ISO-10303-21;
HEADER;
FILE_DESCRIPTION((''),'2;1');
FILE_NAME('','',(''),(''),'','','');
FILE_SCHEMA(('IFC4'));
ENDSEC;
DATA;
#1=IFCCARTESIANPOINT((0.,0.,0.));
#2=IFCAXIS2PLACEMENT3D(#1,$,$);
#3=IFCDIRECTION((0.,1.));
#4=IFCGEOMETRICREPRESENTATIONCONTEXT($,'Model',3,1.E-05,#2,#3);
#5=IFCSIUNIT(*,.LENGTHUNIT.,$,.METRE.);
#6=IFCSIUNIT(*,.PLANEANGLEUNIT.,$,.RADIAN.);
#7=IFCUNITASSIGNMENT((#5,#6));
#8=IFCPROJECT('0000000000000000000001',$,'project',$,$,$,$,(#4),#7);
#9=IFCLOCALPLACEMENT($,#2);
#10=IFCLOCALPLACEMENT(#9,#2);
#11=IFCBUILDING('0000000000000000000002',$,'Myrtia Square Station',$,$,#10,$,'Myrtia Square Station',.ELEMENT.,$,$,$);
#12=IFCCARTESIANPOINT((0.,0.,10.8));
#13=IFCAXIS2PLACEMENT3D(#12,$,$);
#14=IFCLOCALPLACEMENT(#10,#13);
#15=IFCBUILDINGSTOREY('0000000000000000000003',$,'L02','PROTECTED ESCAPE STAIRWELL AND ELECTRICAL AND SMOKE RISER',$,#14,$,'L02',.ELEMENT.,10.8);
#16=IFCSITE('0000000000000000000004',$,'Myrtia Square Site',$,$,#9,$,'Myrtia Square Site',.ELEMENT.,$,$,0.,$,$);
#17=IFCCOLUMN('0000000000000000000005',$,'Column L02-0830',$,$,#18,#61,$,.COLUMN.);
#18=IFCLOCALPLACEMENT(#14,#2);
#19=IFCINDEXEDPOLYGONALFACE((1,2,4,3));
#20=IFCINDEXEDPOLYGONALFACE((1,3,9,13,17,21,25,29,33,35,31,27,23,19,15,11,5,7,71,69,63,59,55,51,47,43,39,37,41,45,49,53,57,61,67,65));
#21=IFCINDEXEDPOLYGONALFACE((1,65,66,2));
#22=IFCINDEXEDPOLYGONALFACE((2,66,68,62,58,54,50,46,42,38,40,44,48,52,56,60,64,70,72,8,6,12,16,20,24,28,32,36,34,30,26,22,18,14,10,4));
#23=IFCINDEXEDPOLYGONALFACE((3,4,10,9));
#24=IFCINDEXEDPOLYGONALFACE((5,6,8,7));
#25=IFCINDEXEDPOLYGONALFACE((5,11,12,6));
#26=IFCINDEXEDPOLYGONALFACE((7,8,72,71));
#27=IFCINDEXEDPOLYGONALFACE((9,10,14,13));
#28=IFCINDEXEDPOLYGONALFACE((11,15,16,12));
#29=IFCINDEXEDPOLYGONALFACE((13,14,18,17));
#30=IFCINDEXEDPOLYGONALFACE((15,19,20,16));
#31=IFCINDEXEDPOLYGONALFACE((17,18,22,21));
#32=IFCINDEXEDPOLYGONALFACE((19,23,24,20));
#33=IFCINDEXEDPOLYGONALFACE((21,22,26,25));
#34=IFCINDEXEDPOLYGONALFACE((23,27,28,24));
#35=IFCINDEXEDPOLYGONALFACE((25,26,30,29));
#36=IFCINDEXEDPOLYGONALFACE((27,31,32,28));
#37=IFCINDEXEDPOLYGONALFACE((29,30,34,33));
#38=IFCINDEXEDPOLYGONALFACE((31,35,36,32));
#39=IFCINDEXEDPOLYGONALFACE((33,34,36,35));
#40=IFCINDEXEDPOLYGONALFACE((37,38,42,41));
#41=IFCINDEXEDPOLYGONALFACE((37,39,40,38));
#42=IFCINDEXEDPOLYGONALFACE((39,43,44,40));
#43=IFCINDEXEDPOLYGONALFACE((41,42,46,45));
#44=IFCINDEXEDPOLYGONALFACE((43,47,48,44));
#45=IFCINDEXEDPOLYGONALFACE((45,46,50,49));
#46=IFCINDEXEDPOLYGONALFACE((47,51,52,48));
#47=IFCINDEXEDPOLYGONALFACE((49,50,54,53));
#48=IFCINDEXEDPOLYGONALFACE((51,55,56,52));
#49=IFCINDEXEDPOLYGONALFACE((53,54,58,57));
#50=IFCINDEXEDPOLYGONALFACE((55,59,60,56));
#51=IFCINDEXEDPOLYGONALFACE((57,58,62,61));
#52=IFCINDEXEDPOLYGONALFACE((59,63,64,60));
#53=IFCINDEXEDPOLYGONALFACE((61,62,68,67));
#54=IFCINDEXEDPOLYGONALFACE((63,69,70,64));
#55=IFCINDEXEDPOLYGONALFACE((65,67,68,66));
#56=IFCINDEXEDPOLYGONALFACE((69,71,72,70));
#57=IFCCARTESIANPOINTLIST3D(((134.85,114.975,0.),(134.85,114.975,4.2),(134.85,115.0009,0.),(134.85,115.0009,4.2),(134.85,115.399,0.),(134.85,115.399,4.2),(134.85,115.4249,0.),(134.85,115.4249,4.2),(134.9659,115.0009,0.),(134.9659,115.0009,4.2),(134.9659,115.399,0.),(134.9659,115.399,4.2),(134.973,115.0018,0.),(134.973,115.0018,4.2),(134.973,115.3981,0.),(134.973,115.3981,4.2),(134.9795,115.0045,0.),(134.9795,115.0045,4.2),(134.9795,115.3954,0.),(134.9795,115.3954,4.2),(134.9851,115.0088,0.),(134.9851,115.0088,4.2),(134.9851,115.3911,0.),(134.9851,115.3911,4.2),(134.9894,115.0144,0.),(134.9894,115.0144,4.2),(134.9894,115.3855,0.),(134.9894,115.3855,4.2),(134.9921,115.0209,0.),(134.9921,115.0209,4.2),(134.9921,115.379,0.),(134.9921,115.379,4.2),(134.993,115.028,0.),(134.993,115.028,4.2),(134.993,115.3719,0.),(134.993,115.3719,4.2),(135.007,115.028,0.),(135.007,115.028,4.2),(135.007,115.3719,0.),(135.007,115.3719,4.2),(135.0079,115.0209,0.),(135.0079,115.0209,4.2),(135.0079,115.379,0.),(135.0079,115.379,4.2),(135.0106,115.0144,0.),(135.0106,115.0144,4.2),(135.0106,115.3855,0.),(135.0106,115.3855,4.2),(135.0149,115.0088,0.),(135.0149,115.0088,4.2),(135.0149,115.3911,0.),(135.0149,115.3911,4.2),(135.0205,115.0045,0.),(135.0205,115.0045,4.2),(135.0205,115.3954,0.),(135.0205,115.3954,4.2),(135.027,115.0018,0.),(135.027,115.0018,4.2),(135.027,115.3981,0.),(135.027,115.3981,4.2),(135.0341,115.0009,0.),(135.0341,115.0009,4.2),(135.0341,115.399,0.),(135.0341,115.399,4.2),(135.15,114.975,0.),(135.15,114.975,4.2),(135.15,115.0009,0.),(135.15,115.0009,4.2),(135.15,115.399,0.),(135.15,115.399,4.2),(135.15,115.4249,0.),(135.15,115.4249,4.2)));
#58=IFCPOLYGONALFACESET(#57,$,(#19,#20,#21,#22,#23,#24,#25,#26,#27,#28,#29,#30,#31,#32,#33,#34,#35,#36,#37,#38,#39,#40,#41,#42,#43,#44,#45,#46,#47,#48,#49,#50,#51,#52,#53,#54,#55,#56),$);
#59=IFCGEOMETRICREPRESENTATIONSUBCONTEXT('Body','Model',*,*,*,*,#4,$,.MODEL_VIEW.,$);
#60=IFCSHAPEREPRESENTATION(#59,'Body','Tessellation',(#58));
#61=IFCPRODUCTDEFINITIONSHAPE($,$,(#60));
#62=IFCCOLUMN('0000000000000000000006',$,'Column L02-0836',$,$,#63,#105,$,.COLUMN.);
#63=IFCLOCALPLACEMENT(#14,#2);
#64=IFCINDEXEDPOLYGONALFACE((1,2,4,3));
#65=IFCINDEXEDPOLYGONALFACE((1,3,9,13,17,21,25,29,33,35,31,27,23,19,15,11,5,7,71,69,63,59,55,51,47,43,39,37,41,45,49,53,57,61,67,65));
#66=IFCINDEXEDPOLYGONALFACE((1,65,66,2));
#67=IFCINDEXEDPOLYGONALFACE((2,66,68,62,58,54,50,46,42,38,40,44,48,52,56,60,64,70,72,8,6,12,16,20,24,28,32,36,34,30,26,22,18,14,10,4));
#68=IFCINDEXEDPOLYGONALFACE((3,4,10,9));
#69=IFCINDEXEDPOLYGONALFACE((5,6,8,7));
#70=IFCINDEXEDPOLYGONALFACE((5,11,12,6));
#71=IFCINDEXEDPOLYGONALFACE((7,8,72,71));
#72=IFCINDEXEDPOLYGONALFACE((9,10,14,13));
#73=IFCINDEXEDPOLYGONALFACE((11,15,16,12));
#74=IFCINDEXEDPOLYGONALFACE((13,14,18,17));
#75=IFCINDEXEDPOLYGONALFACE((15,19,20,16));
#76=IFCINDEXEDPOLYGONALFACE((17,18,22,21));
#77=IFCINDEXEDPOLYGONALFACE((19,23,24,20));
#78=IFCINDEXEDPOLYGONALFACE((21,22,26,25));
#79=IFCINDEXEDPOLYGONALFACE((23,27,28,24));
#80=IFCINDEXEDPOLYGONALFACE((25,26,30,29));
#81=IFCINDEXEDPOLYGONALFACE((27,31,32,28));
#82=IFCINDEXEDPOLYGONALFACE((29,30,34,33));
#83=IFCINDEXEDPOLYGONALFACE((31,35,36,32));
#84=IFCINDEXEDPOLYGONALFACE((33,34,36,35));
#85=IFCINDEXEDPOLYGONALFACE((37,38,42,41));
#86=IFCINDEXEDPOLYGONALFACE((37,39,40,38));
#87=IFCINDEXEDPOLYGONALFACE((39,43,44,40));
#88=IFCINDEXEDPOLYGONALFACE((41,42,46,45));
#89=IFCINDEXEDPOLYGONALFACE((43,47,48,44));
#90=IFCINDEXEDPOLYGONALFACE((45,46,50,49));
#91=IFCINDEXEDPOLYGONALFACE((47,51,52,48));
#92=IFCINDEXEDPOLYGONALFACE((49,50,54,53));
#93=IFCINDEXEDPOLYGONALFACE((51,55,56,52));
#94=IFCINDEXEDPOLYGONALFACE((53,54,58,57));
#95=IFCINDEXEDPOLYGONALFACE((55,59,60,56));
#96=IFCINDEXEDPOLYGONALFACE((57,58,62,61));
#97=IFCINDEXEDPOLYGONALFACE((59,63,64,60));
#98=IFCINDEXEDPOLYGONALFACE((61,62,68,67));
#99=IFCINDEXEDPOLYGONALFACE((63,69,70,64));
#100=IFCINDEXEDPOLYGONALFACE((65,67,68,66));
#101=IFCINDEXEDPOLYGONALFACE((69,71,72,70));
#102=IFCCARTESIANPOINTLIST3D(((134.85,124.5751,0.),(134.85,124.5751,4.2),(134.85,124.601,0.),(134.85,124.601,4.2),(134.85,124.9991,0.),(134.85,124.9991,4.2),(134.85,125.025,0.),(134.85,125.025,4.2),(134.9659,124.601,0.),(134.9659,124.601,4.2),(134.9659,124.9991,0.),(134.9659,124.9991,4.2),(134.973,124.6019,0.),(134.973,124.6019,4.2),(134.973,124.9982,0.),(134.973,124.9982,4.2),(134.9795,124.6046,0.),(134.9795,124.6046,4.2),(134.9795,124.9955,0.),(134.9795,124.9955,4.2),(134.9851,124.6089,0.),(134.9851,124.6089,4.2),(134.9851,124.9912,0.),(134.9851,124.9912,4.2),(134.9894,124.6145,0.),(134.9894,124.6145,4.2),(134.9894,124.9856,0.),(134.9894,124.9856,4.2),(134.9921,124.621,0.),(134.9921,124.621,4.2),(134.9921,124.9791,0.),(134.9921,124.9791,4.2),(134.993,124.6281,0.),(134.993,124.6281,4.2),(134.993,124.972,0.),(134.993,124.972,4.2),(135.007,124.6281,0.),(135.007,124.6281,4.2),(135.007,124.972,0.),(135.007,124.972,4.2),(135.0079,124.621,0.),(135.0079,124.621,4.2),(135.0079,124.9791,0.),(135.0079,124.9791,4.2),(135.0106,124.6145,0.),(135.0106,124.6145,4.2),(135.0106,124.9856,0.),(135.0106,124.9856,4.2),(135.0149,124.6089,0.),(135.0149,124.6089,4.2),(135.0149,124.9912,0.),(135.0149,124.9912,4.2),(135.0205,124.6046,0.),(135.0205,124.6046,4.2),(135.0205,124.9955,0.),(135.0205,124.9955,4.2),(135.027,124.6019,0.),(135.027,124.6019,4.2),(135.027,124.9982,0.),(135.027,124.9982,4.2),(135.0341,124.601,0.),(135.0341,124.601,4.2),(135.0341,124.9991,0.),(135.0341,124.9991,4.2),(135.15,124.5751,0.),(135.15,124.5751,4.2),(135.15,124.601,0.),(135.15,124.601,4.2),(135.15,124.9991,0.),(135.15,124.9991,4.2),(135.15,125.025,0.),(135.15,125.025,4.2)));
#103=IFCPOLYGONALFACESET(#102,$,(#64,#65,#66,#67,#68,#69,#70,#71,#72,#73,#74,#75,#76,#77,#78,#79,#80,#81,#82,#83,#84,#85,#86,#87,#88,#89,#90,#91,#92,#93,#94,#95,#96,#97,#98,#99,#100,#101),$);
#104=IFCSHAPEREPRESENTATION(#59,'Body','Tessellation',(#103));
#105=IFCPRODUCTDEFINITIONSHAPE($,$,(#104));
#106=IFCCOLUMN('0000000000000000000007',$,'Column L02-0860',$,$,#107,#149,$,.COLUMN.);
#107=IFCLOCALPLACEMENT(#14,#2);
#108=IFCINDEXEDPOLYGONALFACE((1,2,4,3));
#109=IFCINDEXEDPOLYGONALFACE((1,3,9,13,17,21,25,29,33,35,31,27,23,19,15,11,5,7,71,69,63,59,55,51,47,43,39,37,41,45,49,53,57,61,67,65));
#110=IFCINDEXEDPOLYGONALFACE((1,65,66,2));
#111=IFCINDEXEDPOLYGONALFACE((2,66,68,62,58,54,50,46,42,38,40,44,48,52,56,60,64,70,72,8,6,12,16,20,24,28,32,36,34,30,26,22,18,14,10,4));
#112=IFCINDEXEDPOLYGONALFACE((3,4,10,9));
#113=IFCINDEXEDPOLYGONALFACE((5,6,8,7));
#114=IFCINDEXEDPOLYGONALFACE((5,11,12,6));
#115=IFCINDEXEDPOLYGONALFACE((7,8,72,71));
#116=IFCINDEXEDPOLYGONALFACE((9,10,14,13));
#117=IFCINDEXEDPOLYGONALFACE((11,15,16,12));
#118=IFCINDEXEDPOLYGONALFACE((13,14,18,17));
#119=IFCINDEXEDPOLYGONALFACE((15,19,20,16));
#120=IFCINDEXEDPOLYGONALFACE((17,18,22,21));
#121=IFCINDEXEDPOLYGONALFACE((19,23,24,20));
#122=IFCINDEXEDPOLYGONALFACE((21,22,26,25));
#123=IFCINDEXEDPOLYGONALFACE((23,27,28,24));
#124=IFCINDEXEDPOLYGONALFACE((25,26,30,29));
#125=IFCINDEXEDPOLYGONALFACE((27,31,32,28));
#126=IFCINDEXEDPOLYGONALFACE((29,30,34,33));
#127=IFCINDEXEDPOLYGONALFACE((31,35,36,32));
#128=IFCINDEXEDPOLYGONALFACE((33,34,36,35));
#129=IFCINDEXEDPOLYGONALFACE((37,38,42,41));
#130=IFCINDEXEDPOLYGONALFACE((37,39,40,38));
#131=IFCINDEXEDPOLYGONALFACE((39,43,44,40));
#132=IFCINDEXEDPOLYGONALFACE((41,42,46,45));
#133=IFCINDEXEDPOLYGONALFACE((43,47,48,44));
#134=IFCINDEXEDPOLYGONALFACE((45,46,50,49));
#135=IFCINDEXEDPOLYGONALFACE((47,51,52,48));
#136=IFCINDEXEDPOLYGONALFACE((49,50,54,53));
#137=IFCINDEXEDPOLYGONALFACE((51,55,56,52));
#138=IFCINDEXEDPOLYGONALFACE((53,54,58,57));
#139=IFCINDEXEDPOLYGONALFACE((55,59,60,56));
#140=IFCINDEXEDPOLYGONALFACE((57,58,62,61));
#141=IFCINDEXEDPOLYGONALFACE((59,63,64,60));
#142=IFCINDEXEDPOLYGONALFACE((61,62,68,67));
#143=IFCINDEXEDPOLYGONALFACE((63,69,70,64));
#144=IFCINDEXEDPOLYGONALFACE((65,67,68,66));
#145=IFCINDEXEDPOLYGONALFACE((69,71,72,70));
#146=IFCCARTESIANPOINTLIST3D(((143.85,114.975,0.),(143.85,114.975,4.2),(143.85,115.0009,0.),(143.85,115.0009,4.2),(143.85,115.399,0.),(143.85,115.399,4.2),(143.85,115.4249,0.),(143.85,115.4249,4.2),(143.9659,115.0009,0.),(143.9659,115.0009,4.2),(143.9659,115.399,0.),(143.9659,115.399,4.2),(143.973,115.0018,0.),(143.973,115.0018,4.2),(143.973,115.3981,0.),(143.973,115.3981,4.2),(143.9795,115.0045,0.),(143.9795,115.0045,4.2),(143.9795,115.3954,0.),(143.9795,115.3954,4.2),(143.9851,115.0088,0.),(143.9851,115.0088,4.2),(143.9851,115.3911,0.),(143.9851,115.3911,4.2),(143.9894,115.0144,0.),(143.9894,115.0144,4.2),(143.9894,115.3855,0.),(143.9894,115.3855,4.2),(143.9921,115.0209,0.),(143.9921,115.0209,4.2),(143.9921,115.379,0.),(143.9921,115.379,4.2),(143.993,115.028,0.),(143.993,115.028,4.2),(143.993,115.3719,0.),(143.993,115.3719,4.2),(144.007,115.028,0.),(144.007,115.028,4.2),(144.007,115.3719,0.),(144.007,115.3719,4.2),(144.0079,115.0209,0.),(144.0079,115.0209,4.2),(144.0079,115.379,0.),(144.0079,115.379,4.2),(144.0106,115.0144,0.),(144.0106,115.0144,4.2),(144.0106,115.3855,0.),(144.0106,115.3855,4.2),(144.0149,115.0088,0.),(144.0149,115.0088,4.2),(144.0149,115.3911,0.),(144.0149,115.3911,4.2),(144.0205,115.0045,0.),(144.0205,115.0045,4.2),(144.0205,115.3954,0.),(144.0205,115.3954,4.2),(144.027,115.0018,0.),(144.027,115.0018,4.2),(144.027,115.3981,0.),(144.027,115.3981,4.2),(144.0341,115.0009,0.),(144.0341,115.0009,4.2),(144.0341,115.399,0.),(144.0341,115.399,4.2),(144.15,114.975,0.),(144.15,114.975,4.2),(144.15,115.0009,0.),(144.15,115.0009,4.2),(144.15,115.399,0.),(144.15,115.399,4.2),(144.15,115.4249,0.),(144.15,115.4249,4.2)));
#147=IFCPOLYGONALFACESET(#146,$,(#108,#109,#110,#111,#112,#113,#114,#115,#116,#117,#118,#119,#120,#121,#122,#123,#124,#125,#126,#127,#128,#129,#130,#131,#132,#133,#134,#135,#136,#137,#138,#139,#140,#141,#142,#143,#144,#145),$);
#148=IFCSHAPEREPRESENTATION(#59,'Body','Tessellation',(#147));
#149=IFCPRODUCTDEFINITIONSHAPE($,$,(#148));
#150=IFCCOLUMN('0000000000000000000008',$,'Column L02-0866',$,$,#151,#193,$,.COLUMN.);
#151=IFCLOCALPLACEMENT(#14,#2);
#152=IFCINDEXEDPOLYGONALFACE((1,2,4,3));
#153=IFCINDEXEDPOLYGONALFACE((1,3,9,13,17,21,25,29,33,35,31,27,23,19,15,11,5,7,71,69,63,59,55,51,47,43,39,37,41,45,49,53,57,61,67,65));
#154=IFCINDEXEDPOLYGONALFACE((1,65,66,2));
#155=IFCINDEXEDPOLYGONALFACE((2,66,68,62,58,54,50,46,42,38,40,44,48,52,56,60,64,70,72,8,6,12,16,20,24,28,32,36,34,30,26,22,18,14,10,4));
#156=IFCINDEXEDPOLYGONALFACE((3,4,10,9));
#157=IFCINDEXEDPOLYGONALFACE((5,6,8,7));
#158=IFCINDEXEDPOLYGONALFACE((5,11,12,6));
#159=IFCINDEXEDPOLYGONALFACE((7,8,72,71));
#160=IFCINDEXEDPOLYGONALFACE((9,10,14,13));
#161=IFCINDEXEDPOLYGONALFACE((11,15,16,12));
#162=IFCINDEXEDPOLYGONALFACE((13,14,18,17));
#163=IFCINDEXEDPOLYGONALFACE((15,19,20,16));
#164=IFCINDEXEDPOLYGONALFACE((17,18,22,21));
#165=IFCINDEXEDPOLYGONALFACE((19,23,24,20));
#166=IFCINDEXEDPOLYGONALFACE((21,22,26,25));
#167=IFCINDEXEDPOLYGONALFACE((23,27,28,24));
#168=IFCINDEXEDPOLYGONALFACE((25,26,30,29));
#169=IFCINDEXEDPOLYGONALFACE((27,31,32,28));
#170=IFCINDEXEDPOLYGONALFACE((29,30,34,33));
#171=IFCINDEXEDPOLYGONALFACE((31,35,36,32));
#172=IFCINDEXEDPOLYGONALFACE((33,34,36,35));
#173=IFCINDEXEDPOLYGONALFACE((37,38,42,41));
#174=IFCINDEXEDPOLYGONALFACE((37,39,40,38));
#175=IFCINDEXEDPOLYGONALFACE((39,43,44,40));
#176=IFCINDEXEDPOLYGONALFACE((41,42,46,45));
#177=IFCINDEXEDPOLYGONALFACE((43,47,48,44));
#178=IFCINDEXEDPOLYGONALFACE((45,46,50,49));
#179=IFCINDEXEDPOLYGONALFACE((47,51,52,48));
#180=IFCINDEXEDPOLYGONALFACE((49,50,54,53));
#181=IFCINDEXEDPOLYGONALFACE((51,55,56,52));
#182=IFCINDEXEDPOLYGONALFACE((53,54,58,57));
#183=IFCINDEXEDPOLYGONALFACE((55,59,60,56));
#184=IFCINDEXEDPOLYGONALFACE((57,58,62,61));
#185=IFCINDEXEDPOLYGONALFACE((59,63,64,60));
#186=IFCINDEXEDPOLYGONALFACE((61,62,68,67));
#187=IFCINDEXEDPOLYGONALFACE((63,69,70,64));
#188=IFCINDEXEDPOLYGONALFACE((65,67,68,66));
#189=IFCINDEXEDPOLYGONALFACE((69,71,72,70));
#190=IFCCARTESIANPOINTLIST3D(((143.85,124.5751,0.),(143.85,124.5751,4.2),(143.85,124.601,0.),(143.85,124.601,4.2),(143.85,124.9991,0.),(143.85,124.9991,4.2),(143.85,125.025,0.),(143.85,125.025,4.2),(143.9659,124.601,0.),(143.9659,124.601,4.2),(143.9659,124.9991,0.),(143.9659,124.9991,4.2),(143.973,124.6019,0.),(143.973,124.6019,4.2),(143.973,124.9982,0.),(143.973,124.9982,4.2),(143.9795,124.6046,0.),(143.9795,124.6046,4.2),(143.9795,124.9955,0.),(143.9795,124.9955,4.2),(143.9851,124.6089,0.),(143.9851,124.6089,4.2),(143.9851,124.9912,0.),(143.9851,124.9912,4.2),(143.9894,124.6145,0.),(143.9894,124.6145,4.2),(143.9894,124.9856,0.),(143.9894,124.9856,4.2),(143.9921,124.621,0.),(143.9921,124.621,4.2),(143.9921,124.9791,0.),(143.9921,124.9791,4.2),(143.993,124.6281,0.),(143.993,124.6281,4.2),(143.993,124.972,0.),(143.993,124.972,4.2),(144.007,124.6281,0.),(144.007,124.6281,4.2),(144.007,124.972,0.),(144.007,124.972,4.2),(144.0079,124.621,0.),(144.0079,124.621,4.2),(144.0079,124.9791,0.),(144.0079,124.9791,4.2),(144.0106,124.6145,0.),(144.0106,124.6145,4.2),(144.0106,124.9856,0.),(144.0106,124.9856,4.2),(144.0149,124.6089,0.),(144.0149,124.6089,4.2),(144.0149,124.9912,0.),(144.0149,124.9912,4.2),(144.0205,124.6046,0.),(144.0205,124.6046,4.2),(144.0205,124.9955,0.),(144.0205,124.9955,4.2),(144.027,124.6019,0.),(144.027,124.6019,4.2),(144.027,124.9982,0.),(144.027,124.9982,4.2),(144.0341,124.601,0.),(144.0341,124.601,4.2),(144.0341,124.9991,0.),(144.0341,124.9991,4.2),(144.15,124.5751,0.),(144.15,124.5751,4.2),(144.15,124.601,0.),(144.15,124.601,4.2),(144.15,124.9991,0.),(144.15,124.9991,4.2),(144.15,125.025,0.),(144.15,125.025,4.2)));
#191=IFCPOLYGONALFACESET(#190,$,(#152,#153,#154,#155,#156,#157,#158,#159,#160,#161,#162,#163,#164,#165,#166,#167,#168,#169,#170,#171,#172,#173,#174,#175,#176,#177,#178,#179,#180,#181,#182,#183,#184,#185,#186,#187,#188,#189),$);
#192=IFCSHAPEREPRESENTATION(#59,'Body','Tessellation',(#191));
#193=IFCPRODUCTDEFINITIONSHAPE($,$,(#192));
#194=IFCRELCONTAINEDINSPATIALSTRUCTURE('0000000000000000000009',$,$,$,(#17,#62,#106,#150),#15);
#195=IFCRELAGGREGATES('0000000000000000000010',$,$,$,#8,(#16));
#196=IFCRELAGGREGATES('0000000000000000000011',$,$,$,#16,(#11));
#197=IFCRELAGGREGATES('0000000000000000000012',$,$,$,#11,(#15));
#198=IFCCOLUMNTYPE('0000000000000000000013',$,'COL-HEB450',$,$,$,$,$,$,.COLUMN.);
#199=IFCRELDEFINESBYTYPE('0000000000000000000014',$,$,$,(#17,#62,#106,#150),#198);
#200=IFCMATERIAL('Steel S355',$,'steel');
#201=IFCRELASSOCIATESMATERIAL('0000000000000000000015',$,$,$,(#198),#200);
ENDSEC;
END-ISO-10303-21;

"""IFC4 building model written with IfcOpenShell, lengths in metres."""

from ifc_helpers import new_model, si_unit, direction, frame, origin, origin_2d, place, context, subcontext, project, spatial, i_section, extrude, material, material_profile, profile_set, type_object, element, save


model = new_model("IFC4")

# Units and contexts
model_context = context("Model", 3, precision=1e-05, world=origin(), true_north=direction((0.0, 1.0)))
body_context = subcontext(model_context, "Body", "Model", "MODEL_VIEW")
ifc_project = project(units=[si_unit("LENGTHUNIT", "METRE"), si_unit("PLANEANGLEUNIT", "RADIAN")], contexts=[model_context])

# Site, building, storey
site_placement = place(None, origin())
site = spatial("IfcSite", under=ifc_project, at=site_placement, Name="Myrtia Square Site", LongName="Myrtia Square Site", CompositionType="ELEMENT", RefElevation=0.0)
building_placement = place(site_placement, origin())
building = spatial("IfcBuilding", under=site, at=building_placement, Name="Myrtia Square Station", LongName="Myrtia Square Station", CompositionType="ELEMENT")
storey_placement = place(building_placement, frame((0.0, 0.0, 10.8)))
storey = spatial("IfcBuildingStorey", under=building, at=storey_placement, Name="L02", Description="PROTECTED ESCAPE STAIRWELL AND ELECTRICAL AND SMOKE RISER", LongName="L02", CompositionType="ELEMENT", Elevation=10.8)

# Columns
ifc_material_1 = material(Name="Steel S355", Category="steel")
ifc_material_profile_1 = material_profile(ifc_material_1, i_section(OverallWidth=0.3, OverallDepth=0.45, WebThickness=0.0139, FlangeThickness=0.0259, FilletRadius=0.0271, at=origin_2d()), Name="HEB 450")
ifc_profile_set_1 = profile_set([ifc_material_profile_1], Name="Steel S355")
column_type = type_object("IfcColumnType", Name="COL-HEB450", PredefinedType="COLUMN", material=ifc_profile_set_1)
for number, where, z_axis, x_axis, name in (
    (1, (135.0, 115.2, 0.0), (0.0, 0.0, 1.0), (1.0, 0.0, 0.0), "Column L02-0830"),
    (2, (135.0, 124.8, 0.0), (0.0, 0.0, 1.0), (1.0, 0.0, 0.0), "Column L02-0836"),
    (3, (144.0, 115.2, 0.0), (0.0, 0.0, 1.0), (1.0, 0.0, 0.0), "Column L02-0860"),
    (4, (144.0, 124.8, 0.0), (0.0, 0.0, 1.0), (1.0, 0.0, 0.0), "Column L02-0866"),
):
    element("IfcColumn", number, at=place(storey_placement, frame(where, z_axis=z_axis, x_axis=x_axis)), inside=storey, type_object=column_type, Name=name, PredefinedType="COLUMN", context=body_context, shape_type="SweptSolid", body=[
        extrude(i_section(OverallWidth=0.3, OverallDepth=0.45, WebThickness=0.0139, FlangeThickness=0.0259, FilletRadius=0.0271, at=origin_2d()), origin(), (0.0, 0.0, 1.0), 4.2),
    ])

save(model, "model.ifc")
